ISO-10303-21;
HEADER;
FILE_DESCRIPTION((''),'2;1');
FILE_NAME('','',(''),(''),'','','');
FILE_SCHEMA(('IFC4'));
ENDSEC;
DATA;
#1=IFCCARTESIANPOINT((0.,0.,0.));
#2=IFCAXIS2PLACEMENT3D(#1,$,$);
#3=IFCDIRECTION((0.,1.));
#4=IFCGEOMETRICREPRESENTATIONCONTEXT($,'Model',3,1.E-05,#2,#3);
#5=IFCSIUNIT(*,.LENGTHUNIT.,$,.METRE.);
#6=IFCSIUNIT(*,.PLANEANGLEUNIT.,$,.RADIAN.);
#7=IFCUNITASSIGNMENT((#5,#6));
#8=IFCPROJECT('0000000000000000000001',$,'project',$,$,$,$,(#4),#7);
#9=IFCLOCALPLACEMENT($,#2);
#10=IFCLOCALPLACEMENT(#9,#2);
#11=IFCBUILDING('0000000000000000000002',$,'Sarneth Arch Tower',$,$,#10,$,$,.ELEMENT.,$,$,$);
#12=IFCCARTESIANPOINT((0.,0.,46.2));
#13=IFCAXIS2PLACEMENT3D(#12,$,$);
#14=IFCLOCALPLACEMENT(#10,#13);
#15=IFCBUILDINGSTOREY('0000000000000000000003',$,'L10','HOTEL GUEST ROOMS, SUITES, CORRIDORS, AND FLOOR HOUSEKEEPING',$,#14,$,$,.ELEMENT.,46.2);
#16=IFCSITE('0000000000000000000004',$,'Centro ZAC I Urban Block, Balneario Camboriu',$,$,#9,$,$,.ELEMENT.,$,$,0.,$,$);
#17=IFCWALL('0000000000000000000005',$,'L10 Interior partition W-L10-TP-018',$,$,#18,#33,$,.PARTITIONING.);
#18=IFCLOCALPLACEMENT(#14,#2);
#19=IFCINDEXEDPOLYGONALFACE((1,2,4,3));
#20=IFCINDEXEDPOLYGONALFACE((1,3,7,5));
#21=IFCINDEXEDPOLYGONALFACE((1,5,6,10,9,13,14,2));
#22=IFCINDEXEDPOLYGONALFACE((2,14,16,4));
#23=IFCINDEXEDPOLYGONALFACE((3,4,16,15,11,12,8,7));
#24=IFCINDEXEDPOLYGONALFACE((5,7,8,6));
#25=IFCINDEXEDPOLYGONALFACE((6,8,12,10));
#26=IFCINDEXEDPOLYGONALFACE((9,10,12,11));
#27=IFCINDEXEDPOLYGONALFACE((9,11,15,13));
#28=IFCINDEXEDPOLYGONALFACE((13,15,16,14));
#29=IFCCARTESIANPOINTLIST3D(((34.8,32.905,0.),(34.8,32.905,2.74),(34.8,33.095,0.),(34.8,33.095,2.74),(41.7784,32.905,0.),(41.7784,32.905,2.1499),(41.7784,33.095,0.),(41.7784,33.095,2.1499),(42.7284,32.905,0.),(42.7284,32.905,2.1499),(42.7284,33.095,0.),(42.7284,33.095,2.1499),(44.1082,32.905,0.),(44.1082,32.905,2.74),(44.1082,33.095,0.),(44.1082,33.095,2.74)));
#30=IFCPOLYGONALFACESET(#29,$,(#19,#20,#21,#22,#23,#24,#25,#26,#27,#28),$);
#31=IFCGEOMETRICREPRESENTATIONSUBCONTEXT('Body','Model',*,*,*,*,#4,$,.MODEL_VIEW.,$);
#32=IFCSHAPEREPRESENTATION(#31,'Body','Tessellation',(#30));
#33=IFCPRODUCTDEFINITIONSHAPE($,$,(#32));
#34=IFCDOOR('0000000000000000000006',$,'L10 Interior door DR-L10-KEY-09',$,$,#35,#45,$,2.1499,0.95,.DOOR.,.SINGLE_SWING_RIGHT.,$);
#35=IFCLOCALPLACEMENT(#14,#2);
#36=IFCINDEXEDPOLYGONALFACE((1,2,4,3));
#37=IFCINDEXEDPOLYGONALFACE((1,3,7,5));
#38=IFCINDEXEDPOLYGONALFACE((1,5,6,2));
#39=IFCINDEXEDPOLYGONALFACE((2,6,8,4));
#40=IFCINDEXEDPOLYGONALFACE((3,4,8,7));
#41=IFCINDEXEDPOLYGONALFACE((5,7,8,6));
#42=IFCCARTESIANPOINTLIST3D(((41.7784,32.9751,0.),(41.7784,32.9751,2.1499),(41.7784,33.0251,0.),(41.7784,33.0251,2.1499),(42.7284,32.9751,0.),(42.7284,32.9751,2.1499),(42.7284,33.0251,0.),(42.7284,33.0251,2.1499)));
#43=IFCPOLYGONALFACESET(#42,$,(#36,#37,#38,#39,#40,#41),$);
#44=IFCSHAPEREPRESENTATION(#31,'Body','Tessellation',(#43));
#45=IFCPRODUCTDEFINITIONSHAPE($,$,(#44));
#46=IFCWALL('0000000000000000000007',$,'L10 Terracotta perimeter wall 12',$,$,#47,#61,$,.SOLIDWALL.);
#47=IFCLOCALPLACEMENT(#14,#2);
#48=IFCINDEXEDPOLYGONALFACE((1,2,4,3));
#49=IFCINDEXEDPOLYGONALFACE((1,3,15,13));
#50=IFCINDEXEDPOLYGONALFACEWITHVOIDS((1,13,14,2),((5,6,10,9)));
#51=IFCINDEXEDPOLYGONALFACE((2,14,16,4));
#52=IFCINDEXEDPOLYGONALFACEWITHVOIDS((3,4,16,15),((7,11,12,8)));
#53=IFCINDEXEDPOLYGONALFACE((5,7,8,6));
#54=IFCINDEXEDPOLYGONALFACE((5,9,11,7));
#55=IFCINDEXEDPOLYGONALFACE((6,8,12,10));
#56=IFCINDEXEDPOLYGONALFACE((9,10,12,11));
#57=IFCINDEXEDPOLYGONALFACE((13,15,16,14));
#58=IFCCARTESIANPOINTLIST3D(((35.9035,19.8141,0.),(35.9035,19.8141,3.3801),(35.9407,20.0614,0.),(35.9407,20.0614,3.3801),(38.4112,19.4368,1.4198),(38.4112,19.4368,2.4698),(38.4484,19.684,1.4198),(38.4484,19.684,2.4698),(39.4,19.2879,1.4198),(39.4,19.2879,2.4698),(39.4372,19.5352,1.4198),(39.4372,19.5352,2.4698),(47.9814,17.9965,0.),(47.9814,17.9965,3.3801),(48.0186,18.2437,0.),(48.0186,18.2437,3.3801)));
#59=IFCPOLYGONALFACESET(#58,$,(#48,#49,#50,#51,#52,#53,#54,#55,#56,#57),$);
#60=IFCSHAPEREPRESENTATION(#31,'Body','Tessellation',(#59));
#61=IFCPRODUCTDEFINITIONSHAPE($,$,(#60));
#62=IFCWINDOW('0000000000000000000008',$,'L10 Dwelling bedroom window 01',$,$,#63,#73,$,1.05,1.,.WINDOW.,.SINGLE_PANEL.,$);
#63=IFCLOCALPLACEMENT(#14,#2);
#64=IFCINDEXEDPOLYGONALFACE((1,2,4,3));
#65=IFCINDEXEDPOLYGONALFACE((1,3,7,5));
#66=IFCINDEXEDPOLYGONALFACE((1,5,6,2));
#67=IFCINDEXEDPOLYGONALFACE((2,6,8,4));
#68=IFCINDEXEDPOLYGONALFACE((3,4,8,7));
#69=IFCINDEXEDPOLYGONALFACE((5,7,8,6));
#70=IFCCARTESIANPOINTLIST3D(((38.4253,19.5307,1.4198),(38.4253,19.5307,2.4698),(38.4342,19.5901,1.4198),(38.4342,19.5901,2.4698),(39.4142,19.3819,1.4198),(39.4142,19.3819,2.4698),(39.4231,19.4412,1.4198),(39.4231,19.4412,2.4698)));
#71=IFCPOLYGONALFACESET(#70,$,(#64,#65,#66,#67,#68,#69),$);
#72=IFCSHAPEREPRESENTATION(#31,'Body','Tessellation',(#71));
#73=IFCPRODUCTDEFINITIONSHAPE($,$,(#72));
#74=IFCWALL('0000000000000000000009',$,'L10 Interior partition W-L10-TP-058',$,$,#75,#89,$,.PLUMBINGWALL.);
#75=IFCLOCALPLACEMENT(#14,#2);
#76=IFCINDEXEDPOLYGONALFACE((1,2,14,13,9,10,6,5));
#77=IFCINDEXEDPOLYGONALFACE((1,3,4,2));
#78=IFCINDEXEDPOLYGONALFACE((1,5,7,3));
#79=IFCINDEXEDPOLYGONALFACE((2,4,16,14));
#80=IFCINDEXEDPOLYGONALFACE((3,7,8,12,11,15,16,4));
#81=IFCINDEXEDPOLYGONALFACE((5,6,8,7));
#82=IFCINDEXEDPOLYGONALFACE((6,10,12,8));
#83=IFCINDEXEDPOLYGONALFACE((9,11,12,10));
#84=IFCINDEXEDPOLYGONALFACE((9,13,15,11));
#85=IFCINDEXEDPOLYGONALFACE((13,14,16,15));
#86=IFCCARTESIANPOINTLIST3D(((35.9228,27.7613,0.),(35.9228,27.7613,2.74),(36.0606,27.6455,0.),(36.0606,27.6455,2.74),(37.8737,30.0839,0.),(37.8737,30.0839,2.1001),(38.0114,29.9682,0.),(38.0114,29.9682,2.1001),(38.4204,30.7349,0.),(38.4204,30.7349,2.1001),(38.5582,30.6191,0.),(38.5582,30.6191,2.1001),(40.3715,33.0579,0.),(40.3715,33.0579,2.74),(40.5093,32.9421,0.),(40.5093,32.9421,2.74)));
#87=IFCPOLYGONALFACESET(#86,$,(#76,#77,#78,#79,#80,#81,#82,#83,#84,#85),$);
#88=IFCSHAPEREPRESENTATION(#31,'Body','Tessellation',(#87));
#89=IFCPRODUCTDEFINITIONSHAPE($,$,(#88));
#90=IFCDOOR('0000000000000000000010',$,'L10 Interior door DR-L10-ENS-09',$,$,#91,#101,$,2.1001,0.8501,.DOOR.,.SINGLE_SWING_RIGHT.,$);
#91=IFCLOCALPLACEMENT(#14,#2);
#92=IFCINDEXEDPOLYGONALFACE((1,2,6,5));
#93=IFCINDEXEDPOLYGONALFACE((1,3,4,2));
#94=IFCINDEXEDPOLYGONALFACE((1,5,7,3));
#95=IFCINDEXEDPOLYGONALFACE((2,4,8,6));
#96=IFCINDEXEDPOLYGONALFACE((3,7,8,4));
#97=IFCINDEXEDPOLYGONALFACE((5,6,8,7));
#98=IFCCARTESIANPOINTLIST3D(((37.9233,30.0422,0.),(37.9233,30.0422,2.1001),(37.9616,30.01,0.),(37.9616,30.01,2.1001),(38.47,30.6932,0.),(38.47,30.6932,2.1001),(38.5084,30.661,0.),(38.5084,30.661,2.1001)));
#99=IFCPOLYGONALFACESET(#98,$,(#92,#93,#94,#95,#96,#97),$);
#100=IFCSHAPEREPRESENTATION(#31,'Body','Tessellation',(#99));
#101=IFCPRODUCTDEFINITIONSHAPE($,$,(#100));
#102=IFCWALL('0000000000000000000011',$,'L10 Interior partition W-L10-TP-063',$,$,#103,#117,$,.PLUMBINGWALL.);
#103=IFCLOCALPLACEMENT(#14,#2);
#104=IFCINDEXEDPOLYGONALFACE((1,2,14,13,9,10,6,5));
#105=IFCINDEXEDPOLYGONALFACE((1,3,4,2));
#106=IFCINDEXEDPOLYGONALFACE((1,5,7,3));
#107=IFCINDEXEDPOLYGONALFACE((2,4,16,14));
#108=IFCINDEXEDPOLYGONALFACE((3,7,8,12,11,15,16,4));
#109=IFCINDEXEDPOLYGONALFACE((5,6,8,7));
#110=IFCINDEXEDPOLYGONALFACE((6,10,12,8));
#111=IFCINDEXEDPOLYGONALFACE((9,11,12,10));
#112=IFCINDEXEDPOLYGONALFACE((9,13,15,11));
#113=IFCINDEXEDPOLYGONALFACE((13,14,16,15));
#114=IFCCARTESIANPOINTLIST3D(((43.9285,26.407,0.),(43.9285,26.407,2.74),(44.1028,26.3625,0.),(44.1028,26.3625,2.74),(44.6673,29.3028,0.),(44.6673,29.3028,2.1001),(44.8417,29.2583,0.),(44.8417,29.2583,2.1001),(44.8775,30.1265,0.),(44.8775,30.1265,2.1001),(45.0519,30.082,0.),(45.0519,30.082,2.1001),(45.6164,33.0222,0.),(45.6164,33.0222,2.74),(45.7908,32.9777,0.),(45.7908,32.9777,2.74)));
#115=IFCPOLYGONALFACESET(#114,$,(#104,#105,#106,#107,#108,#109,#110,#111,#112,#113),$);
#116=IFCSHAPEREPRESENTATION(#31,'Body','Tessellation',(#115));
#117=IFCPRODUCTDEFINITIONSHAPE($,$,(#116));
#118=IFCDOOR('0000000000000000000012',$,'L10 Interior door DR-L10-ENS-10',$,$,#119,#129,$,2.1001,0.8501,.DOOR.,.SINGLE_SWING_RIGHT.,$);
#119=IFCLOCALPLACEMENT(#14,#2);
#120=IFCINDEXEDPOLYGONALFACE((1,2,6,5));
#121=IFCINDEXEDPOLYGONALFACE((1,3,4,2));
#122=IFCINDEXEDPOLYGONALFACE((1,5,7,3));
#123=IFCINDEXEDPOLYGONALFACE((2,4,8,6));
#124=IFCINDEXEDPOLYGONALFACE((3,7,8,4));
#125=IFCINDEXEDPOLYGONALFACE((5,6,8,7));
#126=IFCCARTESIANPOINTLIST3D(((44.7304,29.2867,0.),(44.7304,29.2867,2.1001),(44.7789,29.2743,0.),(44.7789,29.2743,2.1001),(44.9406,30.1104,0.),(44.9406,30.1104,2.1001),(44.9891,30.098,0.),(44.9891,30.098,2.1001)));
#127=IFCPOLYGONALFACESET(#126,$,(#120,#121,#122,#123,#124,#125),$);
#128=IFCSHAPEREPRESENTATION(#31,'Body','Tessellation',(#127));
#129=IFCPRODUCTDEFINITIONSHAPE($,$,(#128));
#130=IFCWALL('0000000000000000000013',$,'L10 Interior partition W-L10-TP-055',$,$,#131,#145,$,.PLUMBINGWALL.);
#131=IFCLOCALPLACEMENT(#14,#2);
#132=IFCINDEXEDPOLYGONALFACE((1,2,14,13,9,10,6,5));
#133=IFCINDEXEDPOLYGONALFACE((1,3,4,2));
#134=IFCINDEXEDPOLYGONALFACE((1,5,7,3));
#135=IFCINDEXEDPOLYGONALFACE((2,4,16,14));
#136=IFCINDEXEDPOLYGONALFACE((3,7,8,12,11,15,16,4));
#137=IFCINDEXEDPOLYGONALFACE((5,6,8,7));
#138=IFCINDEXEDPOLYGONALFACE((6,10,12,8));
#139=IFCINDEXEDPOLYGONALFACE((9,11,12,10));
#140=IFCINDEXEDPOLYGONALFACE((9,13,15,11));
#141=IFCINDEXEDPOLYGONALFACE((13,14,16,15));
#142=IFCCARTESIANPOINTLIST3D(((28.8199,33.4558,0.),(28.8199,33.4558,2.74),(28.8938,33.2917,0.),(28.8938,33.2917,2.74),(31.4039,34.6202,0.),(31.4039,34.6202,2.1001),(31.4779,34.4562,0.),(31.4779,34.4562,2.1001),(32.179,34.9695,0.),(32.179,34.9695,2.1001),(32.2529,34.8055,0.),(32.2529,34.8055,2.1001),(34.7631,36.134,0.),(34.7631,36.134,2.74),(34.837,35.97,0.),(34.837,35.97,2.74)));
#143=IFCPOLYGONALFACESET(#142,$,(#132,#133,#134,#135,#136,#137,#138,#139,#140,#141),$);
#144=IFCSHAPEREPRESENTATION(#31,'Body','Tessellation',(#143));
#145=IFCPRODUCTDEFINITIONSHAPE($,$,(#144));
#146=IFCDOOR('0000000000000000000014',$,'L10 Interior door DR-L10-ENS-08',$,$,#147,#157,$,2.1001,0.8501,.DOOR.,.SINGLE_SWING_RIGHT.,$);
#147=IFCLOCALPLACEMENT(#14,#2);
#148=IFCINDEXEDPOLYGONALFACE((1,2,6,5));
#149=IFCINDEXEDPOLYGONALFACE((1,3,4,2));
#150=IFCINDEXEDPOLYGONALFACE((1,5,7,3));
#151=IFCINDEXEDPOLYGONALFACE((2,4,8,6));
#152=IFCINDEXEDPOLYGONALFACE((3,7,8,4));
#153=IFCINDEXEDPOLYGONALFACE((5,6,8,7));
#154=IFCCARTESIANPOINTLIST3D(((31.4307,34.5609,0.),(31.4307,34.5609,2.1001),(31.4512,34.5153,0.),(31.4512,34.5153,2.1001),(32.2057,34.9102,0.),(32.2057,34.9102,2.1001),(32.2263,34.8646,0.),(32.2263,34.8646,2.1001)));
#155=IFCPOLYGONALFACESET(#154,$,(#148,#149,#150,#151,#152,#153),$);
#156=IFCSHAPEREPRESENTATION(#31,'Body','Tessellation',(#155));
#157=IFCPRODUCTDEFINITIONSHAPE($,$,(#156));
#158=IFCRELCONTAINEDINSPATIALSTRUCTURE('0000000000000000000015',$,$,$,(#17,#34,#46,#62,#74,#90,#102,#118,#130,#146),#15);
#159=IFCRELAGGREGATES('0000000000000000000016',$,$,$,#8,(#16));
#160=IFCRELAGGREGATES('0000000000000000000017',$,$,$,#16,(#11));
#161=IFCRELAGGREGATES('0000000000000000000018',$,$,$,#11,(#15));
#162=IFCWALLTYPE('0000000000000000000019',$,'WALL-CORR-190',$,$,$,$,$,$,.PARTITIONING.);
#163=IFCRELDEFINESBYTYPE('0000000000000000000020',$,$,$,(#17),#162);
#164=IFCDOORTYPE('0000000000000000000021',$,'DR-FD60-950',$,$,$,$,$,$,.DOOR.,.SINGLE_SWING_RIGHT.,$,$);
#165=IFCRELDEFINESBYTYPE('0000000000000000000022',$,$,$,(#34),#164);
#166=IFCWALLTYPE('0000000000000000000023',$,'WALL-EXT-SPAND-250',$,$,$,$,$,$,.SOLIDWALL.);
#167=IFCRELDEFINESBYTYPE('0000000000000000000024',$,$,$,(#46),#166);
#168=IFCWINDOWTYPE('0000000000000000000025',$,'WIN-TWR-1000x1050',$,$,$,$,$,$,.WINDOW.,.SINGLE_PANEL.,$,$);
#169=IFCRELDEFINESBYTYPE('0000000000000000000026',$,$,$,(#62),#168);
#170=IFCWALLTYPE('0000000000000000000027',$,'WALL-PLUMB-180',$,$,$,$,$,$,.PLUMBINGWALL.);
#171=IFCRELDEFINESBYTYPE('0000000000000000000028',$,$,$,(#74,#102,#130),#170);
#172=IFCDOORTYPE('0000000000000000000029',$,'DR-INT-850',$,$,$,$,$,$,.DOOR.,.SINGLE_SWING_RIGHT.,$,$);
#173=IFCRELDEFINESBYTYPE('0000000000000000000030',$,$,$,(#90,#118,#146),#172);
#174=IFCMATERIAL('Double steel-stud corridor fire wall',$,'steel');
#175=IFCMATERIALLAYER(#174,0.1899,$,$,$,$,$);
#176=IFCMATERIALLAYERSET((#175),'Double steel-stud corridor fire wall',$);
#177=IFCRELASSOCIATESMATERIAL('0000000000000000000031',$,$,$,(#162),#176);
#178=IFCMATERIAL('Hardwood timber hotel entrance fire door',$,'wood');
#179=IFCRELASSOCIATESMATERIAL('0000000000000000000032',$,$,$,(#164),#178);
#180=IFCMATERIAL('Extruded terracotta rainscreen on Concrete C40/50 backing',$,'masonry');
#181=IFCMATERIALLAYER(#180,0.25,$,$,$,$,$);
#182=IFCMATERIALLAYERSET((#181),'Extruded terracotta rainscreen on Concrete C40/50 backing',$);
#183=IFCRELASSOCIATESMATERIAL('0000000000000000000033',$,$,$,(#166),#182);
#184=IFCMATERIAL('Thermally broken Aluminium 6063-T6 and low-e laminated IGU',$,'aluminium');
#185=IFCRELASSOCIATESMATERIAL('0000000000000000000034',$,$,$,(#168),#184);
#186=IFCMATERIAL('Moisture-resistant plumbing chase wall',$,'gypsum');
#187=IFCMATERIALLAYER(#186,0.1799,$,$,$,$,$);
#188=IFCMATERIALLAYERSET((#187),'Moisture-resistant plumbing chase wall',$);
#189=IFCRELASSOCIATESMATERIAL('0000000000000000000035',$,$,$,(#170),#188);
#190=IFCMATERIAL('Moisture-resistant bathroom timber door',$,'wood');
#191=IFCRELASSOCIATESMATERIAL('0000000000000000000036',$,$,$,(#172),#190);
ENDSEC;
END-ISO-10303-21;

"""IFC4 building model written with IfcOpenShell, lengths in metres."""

from ifc_helpers import new_model, si_unit, direction, frame, frame_2d, origin, place, context, subcontext, project, spatial, rectangle, extrude, material, layer, layer_set, type_object, element, fill, save


model = new_model("IFC4")

# Units and contexts
model_context = context("Model", 3, precision=1e-05, world=origin(), true_north=direction((0.0, 1.0)))
body_context = subcontext(model_context, "Body", "Model", "MODEL_VIEW")
ifc_project = project(units=[si_unit("LENGTHUNIT", "METRE"), si_unit("PLANEANGLEUNIT", "RADIAN")], contexts=[model_context])

# Site, building, storey
site_placement = place(None, origin())
site = spatial("IfcSite", under=ifc_project, at=site_placement, Name="Centro ZAC I Urban Block, Balneario Camboriu", CompositionType="ELEMENT", RefElevation=0.0)
building_placement = place(site_placement, origin())
building = spatial("IfcBuilding", under=site, at=building_placement, Name="Sarneth Arch Tower", CompositionType="ELEMENT")
storey_placement = place(building_placement, frame((0.0, 0.0, 46.2)))
storey = spatial("IfcBuildingStorey", under=building, at=storey_placement, Name="L10", Description="HOTEL GUEST ROOMS, SUITES, CORRIDORS, AND FLOOR HOUSEKEEPING", CompositionType="ELEMENT", Elevation=46.2)

# Wall, opening, door
ifc_material_1 = material(Name="Double steel-stud corridor fire wall", Category="steel")
ifc_layer_1 = layer(ifc_material_1, 0.1899)
ifc_layer_set_1 = layer_set([ifc_layer_1], Name="Double steel-stud corridor fire wall")
wall_type_1 = type_object("IfcWallType", Name="WALL-CORR-190", PredefinedType="PARTITIONING", material=ifc_layer_set_1)
wall_1_placement = place(storey_placement, frame((44.1082, 33.0, 0.0), z_axis=(0.0, 0.0, 1.0), x_axis=(-1.0, 0.0, 0.0)))
wall_1 = element("IfcWall", 1, at=wall_1_placement, inside=storey, type_object=wall_type_1, Name="L10 Interior partition W-L10-TP-018", PredefinedType="PARTITIONING", context=body_context, shape_type="SweptSolid", body=[
    extrude(rectangle(XDim=9.3081, YDim=0.1899, at=frame_2d((4.6541, 0.0))), origin(), (0.0, 0.0, 1.0), 2.74),
])
opening_1_placement = place(wall_1_placement, frame((1.3796, 0.0, 0.0)))
opening_1 = element("IfcOpeningElement", 2, at=opening_1_placement, cuts=wall_1, PredefinedType="OPENING", context=body_context, shape_type="SweptSolid", body=[
    extrude(rectangle(XDim=0.95, YDim=2.1499, at=frame_2d((0.4751, 1.075))), frame((0.0, 0.105, 0.0), z_axis=(0.0, -1.0, 0.0), x_axis=(1.0, 0.0, 0.0)), (0.0, 0.0, 1.0), 0.21),
])
ifc_material_2 = material(Name="Hardwood timber hotel entrance fire door", Category="wood")
door_type_1 = type_object("IfcDoorType", Name="DR-FD60-950", OperationType="SINGLE_SWING_RIGHT", PredefinedType="DOOR", material=ifc_material_2)
door_1_placement = place(opening_1_placement, origin())
door_1 = element("IfcDoor", 3, at=door_1_placement, inside=storey, type_object=door_type_1, Name="L10 Interior door DR-L10-KEY-09", OperationType="SINGLE_SWING_RIGHT", OverallHeight=2.1499, OverallWidth=0.95, PredefinedType="DOOR", context=body_context, shape_type="SweptSolid", body=[
    extrude(rectangle(XDim=0.95, YDim=2.1499, at=frame_2d((0.4751, 1.075))), frame((0.0, 0.0249, 0.0), z_axis=(0.0, -1.0, 0.0), x_axis=(1.0, 0.0, 0.0)), (0.0, 0.0, 1.0), 0.05),
])
fill(opening_1, door_1)

# Wall, opening, window
ifc_material_3 = material(Name="Extruded terracotta rainscreen on Concrete C40/50 backing", Category="masonry")
ifc_layer_2 = layer(ifc_material_3, 0.25)
ifc_layer_set_2 = layer_set([ifc_layer_2], Name="Extruded terracotta rainscreen on Concrete C40/50 backing")
wall_type_2 = type_object("IfcWallType", Name="WALL-EXT-SPAND-250", PredefinedType="SOLIDWALL", material=ifc_layer_set_2)
wall_2_placement = place(storey_placement, frame((35.9221, 19.9377, 0.0), z_axis=(0.0, 0.0, 1.0), x_axis=(0.988865, -0.148816, 0.0)))
wall_2 = element("IfcWall", 4, at=wall_2_placement, inside=storey, type_object=wall_type_2, Name="L10 Terracotta perimeter wall 12", PredefinedType="SOLIDWALL", context=body_context, shape_type="SweptSolid", body=[
    extrude(rectangle(XDim=12.2139, YDim=0.25, at=frame_2d((6.1069, 0.0))), origin(), (0.0, 0.0, 1.0), 3.3801),
])
opening_2_placement = place(wall_2_placement, frame((2.5359, 0.0, 1.4199)))
opening_2 = element("IfcOpeningElement", 5, at=opening_2_placement, cuts=wall_2, PredefinedType="OPENING", context=body_context, shape_type="SweptSolid", body=[
    extrude(rectangle(XDim=1.0, YDim=1.05, at=frame_2d((0.5, 0.5249))), frame((0.0, 0.135, 0.0), z_axis=(0.0, -1.0, 0.0), x_axis=(1.0, 0.0, 0.0)), (0.0, 0.0, 1.0), 0.27),
])
ifc_material_4 = material(Name="Thermally broken Aluminium 6063-T6 and low-e laminated IGU", Category="aluminium")
window_type = type_object("IfcWindowType", Name="WIN-TWR-1000x1050", PartitioningType="SINGLE_PANEL", PredefinedType="WINDOW", material=ifc_material_4)
window_placement = place(opening_2_placement, origin())
window = element("IfcWindow", 6, at=window_placement, inside=storey, type_object=window_type, Name="L10 Dwelling bedroom window 01", OverallHeight=1.05, OverallWidth=1.0, PartitioningType="SINGLE_PANEL", PredefinedType="WINDOW", context=body_context, shape_type="SweptSolid", body=[
    extrude(rectangle(XDim=1.0, YDim=1.05, at=frame_2d((0.5, 0.5249))), frame((0.0, 0.03, 0.0), z_axis=(0.0, -1.0, 0.0), x_axis=(1.0, 0.0, 0.0)), (0.0, 0.0, 1.0), 0.0601),
])
fill(opening_2, window)

# Walls, openings, doors
ifc_material_5 = material(Name="Moisture-resistant plumbing chase wall", Category="gypsum")
ifc_layer_3 = layer(ifc_material_5, 0.1799)
ifc_layer_set_3 = layer_set([ifc_layer_3], Name="Moisture-resistant plumbing chase wall")
wall_type_3 = type_object("IfcWallType", Name="WALL-PLUMB-180", PredefinedType="PLUMBINGWALL", material=ifc_layer_set_3)
wall_3_placement = place(storey_placement, frame((40.4404, 33.0, 0.0), z_axis=(0.0, 0.0, 1.0), x_axis=(-0.643155, -0.765736, 0.0)))
wall_3 = element("IfcWall", 7, at=wall_3_placement, inside=storey, type_object=wall_type_3, Name="L10 Interior partition W-L10-TP-058", PredefinedType="PLUMBINGWALL", context=body_context, shape_type="SweptSolid", body=[
    extrude(rectangle(XDim=6.917, YDim=0.1799, at=frame_2d((3.4585, 0.0))), origin(), (0.0, 0.0, 1.0), 2.74),
])
opening_3_placement = place(wall_3_placement, frame((3.0337, 0.0, 0.0)))
opening_3 = element("IfcOpeningElement", 8, at=opening_3_placement, cuts=wall_3, PredefinedType="OPENING", context=body_context, shape_type="SweptSolid", body=[
    extrude(rectangle(XDim=0.8501, YDim=2.1001, at=frame_2d((0.425, 1.05))), frame((0.0, 0.0999, 0.0), z_axis=(0.0, -1.0, 0.0), x_axis=(1.0, 0.0, 0.0)), (0.0, 0.0, 1.0), 0.2),
])
ifc_material_6 = material(Name="Moisture-resistant bathroom timber door", Category="wood")
door_type_2 = type_object("IfcDoorType", Name="DR-INT-850", OperationType="SINGLE_SWING_RIGHT", PredefinedType="DOOR", material=ifc_material_6)
door_2_placement = place(opening_3_placement, origin())
door_2 = element("IfcDoor", 9, at=door_2_placement, inside=storey, type_object=door_type_2, Name="L10 Interior door DR-L10-ENS-09", OperationType="SINGLE_SWING_RIGHT", OverallHeight=2.1001, OverallWidth=0.8501, PredefinedType="DOOR", context=body_context, shape_type="SweptSolid", body=[
    extrude(rectangle(XDim=0.8501, YDim=2.1001, at=frame_2d((0.425, 1.05))), frame((0.0, 0.0249, 0.0), z_axis=(0.0, -1.0, 0.0), x_axis=(1.0, 0.0, 0.0)), (0.0, 0.0, 1.0), 0.05),
])
fill(opening_3, door_2)
wall_4_placement = place(storey_placement, frame((44.0156, 26.3848, 0.0), z_axis=(0.0, 0.0, 1.0), x_axis=(0.247245, 0.968953, 0.0)))
wall_4 = element("IfcWall", 10, at=wall_4_placement, inside=storey, type_object=wall_type_3, Name="L10 Interior partition W-L10-TP-063", PredefinedType="PLUMBINGWALL", context=body_context, shape_type="SweptSolid", body=[
    extrude(rectangle(XDim=6.8271, YDim=0.1799, at=frame_2d((3.4136, 0.0))), origin(), (0.0, 0.0, 1.0), 2.74),
])
opening_4_placement = place(wall_4_placement, frame((2.9885, 0.0, 0.0)))
opening_4 = element("IfcOpeningElement", 11, at=opening_4_placement, cuts=wall_4, PredefinedType="OPENING", context=body_context, shape_type="SweptSolid", body=[
    extrude(rectangle(XDim=0.8501, YDim=2.1001, at=frame_2d((0.425, 1.05))), frame((0.0, 0.0999, 0.0), z_axis=(0.0, -1.0, 0.0), x_axis=(1.0, 0.0, 0.0)), (0.0, 0.0, 1.0), 0.2),
])
door_3_placement = place(opening_4_placement, origin())
door_3 = element("IfcDoor", 12, at=door_3_placement, inside=storey, type_object=door_type_2, Name="L10 Interior door DR-L10-ENS-10", OperationType="SINGLE_SWING_RIGHT", OverallHeight=2.1001, OverallWidth=0.8501, PredefinedType="DOOR", context=body_context, shape_type="SweptSolid", body=[
    extrude(rectangle(XDim=0.8501, YDim=2.1001, at=frame_2d((0.425, 1.05))), frame((0.0, 0.0249, 0.0), z_axis=(0.0, -1.0, 0.0), x_axis=(1.0, 0.0, 0.0)), (0.0, 0.0, 1.0), 0.05),
])
fill(opening_4, door_3)
wall_5_placement = place(storey_placement, frame((28.8569, 33.3738, 0.0), z_axis=(0.0, 0.0, 1.0), x_axis=(0.911702, 0.410852, 0.0)))
wall_5 = element("IfcWall", 13, at=wall_5_placement, inside=storey, type_object=wall_type_3, Name="L10 Interior partition W-L10-TP-055", PredefinedType="PLUMBINGWALL", context=body_context, shape_type="SweptSolid", body=[
    extrude(rectangle(XDim=6.5188, YDim=0.1799, at=frame_2d((3.2593, 0.0))), origin(), (0.0, 0.0, 1.0), 2.74),
])
opening_5_placement = place(wall_5_placement, frame((2.8342, 0.0, 0.0)))
opening_5 = element("IfcOpeningElement", 14, at=opening_5_placement, cuts=wall_5, PredefinedType="OPENING", context=body_context, shape_type="SweptSolid", body=[
    extrude(rectangle(XDim=0.8501, YDim=2.1001, at=frame_2d((0.425, 1.05))), frame((0.0, 0.0999, 0.0), z_axis=(0.0, -1.0, 0.0), x_axis=(1.0, 0.0, 0.0)), (0.0, 0.0, 1.0), 0.2),
])
door_4_placement = place(opening_5_placement, origin())
door_4 = element("IfcDoor", 15, at=door_4_placement, inside=storey, type_object=door_type_2, Name="L10 Interior door DR-L10-ENS-08", OperationType="SINGLE_SWING_RIGHT", OverallHeight=2.1001, OverallWidth=0.8501, PredefinedType="DOOR", context=body_context, shape_type="SweptSolid", body=[
    extrude(rectangle(XDim=0.8501, YDim=2.1001, at=frame_2d((0.425, 1.05))), frame((0.0, 0.0249, 0.0), z_axis=(0.0, -1.0, 0.0), x_axis=(1.0, 0.0, 0.0)), (0.0, 0.0, 1.0), 0.05),
])
fill(opening_5, door_4)

save(model, "model.ifc")
